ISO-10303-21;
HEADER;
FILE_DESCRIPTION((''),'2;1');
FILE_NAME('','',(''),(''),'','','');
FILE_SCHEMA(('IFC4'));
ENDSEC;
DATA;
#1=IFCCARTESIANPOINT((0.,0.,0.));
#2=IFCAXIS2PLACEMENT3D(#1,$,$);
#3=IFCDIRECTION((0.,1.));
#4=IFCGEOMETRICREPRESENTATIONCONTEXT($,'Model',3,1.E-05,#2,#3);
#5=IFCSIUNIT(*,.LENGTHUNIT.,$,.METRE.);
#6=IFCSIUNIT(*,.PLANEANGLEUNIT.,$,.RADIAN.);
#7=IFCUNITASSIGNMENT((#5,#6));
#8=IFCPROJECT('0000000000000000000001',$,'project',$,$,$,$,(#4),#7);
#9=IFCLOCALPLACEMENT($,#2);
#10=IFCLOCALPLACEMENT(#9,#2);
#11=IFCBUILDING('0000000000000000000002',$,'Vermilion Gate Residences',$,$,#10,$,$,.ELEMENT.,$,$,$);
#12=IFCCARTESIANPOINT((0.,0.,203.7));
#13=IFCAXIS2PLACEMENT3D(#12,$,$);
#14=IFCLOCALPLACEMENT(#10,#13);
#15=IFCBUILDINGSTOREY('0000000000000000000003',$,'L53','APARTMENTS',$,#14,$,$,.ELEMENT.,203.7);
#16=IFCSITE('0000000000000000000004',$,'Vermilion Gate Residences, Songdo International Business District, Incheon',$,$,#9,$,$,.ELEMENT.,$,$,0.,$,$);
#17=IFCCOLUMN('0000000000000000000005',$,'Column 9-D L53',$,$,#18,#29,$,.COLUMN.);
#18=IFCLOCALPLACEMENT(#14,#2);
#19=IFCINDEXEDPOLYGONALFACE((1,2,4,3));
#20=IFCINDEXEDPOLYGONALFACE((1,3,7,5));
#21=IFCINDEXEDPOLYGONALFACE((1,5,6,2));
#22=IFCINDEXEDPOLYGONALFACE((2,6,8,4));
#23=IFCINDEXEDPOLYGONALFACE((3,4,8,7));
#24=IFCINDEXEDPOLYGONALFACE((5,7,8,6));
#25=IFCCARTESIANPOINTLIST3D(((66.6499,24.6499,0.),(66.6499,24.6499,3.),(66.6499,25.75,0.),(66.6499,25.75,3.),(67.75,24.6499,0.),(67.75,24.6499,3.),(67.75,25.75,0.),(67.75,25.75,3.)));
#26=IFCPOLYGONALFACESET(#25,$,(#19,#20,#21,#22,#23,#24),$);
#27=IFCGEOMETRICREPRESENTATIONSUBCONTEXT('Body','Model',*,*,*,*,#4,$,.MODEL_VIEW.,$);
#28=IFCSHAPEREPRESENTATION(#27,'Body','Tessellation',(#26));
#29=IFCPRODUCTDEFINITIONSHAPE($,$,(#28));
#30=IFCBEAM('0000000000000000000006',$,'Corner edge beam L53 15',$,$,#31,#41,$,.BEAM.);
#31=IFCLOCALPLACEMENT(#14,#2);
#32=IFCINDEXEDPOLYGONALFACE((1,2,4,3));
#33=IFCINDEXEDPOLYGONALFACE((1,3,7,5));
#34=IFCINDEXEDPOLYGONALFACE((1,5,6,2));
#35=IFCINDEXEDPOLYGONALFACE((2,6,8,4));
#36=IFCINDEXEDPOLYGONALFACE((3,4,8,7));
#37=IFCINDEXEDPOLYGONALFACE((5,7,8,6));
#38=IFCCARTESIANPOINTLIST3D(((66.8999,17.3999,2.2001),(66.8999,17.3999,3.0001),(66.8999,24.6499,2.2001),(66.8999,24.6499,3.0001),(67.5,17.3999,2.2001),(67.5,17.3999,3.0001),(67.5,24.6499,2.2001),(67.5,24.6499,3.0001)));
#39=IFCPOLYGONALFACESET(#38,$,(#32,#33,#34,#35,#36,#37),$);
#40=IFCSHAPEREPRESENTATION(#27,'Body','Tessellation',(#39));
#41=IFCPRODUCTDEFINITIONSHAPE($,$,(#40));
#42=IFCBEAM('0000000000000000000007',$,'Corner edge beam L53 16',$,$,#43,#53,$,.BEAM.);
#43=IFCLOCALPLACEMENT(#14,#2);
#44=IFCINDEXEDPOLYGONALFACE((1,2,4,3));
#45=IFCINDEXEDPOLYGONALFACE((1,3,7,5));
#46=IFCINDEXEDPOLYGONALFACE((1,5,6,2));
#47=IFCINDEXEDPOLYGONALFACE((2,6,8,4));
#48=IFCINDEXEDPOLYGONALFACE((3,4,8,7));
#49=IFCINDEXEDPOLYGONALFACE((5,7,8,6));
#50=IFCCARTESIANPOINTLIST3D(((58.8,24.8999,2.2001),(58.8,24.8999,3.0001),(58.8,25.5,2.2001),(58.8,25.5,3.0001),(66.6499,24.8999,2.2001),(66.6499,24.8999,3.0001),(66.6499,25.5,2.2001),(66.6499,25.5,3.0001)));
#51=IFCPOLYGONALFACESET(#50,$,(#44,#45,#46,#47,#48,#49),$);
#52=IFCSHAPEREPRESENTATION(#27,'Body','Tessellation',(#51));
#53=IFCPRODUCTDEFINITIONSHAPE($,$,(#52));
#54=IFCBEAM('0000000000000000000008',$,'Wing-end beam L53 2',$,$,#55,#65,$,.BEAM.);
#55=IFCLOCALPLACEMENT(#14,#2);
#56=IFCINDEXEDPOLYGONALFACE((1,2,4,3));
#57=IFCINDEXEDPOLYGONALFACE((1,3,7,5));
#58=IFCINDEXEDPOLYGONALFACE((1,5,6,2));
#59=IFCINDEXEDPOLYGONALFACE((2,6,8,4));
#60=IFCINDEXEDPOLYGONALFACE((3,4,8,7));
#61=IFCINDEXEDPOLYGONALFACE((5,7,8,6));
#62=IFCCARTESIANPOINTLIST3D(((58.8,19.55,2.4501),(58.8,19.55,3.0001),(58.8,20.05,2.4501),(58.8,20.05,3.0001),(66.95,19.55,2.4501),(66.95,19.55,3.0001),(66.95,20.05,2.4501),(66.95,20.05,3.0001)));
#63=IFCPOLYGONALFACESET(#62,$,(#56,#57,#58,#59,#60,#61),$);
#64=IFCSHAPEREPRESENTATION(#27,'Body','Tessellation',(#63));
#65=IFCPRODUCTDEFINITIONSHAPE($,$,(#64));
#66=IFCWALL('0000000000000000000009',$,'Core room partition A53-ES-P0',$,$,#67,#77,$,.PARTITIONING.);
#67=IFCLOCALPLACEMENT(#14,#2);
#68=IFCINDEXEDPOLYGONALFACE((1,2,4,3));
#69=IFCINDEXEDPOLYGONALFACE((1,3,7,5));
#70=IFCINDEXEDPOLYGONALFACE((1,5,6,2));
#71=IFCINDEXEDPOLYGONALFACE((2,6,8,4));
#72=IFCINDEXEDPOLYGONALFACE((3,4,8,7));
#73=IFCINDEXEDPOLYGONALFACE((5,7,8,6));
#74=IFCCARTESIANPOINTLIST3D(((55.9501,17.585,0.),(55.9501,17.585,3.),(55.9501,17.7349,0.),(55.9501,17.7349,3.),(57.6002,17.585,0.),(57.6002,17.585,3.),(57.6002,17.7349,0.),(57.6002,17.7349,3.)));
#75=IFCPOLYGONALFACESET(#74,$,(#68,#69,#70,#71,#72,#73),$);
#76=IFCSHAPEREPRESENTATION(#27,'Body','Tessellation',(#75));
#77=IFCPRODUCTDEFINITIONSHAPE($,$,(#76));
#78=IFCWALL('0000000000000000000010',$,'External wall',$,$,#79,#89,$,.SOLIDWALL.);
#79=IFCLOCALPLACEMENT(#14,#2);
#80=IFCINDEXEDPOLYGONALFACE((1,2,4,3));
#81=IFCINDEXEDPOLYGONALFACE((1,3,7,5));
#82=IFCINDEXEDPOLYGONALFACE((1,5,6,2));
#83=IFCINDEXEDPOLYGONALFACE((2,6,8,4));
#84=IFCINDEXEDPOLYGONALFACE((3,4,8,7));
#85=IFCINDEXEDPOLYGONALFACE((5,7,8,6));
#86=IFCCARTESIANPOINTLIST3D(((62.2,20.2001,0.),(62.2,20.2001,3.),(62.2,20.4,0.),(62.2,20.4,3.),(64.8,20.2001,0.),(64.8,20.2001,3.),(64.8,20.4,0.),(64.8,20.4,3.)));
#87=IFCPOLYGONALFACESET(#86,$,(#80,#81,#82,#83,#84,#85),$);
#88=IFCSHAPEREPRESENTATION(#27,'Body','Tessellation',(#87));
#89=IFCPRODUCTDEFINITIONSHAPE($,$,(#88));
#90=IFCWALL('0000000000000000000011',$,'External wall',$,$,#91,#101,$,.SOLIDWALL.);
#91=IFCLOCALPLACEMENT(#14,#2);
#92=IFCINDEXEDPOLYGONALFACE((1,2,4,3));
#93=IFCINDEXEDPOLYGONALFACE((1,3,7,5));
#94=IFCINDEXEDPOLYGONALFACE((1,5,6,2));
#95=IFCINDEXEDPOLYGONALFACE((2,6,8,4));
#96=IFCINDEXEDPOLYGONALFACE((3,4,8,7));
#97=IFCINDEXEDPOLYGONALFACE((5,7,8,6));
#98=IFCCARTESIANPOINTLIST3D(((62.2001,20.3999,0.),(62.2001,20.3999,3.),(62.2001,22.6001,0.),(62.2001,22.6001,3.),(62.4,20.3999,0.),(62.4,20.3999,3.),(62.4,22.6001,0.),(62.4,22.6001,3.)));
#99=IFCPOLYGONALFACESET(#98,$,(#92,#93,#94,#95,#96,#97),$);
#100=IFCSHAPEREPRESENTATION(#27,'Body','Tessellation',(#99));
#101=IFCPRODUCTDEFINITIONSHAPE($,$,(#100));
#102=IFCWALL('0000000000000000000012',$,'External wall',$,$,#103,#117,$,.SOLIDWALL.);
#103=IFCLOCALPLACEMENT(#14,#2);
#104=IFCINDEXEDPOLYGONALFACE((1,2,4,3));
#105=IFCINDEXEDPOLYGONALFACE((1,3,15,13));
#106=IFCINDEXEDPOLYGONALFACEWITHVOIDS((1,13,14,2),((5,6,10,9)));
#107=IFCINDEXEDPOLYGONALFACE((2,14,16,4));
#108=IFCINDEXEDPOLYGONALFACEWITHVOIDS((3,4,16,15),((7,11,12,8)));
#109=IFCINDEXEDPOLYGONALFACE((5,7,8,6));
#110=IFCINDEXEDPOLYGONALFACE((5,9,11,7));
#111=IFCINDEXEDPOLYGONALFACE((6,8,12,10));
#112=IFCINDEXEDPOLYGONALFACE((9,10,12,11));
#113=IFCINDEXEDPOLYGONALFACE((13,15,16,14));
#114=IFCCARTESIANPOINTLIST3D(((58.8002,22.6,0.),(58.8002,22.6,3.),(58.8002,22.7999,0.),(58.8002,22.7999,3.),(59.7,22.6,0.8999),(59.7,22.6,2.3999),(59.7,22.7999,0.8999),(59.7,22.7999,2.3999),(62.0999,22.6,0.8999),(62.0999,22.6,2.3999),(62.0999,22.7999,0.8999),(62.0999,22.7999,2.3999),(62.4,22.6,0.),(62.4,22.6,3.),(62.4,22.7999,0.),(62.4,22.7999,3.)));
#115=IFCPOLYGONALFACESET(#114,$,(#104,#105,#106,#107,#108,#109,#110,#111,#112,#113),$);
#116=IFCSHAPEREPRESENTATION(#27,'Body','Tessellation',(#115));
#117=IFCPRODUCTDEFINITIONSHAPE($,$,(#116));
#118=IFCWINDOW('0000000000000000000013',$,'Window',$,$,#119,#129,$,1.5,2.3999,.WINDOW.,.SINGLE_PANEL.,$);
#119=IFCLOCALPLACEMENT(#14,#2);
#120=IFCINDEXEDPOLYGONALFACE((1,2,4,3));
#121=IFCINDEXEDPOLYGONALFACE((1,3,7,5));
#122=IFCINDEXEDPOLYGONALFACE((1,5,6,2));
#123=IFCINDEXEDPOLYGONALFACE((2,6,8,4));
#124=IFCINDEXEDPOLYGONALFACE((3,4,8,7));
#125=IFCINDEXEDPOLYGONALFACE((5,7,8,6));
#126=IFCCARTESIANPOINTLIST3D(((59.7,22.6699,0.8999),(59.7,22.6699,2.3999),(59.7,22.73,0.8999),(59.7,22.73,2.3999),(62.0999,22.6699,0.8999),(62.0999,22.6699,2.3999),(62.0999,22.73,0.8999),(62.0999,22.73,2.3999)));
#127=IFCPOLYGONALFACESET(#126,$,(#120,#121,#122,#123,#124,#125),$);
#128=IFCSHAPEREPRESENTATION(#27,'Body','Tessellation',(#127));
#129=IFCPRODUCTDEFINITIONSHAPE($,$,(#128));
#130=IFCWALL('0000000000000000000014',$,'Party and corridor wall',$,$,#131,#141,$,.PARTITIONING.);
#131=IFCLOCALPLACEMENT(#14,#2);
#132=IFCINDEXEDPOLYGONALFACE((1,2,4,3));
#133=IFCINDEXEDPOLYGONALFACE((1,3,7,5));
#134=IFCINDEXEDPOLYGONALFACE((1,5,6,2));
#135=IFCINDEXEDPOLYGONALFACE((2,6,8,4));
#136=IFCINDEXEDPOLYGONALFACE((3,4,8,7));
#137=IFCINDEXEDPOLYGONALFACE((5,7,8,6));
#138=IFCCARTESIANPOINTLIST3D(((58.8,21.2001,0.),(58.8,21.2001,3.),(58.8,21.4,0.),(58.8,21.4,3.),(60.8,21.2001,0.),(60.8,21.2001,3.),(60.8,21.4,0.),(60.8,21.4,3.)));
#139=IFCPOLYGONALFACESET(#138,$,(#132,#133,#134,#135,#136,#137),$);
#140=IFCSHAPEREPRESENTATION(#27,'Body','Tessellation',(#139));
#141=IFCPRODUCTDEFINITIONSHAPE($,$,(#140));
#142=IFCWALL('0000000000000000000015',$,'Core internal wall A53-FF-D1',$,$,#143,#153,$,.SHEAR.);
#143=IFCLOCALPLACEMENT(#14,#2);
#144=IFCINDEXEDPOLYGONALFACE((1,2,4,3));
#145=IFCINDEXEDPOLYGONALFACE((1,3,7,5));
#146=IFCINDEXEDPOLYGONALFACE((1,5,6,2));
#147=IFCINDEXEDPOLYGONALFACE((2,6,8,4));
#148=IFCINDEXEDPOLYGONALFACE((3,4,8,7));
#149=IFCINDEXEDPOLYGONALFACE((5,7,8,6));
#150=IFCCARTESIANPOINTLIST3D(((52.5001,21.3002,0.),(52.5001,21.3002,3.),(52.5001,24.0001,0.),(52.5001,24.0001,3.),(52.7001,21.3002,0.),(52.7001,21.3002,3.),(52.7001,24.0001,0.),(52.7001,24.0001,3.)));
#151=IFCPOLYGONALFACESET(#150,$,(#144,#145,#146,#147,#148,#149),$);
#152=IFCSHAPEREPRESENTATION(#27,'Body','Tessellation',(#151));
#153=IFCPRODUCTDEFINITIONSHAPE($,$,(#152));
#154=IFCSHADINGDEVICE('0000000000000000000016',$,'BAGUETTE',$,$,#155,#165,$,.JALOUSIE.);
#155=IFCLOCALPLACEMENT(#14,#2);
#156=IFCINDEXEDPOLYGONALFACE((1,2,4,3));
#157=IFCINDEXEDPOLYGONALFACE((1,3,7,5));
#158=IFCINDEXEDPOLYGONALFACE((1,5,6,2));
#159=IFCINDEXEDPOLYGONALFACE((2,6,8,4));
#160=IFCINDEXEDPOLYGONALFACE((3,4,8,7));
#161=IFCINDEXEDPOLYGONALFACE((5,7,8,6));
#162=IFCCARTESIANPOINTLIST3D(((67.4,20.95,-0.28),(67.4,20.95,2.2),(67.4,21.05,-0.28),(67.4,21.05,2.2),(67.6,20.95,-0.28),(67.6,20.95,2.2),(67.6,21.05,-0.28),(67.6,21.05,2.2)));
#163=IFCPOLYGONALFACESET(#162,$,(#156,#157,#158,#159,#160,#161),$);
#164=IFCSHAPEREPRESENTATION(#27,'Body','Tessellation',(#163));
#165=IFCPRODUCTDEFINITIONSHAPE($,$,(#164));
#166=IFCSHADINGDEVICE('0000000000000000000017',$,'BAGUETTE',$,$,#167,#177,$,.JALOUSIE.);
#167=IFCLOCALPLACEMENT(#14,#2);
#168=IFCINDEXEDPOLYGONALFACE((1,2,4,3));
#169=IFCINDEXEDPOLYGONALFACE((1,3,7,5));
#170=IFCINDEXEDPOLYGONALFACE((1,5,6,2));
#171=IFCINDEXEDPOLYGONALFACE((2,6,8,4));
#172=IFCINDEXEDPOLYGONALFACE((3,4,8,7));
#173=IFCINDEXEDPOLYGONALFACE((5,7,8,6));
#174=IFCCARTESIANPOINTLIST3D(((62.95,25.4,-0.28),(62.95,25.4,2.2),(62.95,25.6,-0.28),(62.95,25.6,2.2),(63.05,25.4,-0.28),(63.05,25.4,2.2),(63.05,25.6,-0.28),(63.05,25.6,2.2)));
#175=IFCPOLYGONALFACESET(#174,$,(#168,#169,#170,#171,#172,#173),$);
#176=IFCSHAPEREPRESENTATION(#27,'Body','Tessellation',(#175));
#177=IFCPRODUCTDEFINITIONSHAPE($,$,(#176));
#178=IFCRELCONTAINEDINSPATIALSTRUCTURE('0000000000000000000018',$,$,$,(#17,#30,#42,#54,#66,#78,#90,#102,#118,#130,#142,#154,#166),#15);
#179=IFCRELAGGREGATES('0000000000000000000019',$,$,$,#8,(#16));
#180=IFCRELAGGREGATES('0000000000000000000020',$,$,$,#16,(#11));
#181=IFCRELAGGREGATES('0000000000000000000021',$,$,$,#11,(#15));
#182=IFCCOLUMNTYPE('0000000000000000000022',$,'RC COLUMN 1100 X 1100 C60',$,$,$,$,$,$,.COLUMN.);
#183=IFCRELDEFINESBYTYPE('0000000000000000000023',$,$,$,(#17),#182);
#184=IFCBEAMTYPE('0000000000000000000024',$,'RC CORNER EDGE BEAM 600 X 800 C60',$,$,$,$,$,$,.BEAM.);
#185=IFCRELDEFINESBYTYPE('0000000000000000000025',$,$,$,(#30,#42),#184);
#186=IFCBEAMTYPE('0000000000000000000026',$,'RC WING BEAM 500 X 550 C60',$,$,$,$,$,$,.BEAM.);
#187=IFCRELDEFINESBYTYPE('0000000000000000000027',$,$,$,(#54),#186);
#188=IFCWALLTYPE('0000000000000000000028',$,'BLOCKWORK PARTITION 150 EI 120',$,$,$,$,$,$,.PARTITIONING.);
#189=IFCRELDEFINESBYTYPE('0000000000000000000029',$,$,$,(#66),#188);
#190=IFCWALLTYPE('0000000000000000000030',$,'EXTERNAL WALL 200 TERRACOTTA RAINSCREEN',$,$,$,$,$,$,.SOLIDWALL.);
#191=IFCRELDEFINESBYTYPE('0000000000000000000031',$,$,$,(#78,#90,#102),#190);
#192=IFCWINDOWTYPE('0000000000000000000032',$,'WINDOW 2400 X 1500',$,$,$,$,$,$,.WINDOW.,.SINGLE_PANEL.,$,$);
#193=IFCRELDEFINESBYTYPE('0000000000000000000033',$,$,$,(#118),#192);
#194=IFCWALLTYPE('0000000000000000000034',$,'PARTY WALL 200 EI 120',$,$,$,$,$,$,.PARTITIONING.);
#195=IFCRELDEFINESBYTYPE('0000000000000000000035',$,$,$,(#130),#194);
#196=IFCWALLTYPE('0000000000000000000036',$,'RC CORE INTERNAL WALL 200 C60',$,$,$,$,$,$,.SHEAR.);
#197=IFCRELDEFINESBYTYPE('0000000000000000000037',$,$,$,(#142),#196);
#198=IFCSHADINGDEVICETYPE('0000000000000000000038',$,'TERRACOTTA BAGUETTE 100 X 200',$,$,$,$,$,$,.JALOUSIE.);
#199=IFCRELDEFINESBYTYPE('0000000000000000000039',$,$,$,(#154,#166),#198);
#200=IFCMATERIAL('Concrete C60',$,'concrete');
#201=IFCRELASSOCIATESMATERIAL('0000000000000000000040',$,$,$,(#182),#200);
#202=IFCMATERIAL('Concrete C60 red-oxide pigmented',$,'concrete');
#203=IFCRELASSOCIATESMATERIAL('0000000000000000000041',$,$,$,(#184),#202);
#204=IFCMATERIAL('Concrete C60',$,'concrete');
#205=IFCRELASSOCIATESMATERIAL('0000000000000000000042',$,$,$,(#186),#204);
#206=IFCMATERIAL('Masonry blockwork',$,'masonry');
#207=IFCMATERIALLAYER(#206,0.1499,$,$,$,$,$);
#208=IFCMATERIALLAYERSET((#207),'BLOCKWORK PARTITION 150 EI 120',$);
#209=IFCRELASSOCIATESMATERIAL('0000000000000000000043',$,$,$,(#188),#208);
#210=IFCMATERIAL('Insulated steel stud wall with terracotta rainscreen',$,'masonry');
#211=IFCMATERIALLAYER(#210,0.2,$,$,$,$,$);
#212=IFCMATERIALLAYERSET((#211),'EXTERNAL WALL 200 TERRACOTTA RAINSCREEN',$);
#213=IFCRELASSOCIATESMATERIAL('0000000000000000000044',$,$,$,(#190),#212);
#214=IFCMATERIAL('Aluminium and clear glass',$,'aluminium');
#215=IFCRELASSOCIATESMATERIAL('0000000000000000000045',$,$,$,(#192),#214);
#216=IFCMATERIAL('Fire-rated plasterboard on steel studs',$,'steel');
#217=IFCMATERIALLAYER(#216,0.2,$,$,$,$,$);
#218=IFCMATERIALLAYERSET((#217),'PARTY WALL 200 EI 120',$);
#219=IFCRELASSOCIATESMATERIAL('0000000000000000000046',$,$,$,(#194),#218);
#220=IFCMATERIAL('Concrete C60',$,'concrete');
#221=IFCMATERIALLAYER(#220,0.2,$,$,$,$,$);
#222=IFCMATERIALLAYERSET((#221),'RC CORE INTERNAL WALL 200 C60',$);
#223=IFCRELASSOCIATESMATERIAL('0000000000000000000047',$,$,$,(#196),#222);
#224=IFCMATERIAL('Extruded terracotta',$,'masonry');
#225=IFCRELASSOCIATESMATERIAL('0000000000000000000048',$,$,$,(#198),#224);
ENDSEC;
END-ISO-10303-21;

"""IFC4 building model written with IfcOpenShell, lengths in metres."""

from ifc_helpers import new_model, si_unit, direction, frame, frame_2d, origin, origin_2d, place, context, subcontext, project, spatial, rectangle, extrude, material, layer, layer_set, material_profile, profile_set, type_object, element, fill, save


model = new_model("IFC4")

# Units and contexts
model_context = context("Model", 3, precision=1e-05, world=origin(), true_north=direction((0.0, 1.0)))
body_context = subcontext(model_context, "Body", "Model", "MODEL_VIEW")
ifc_project = project(units=[si_unit("LENGTHUNIT", "METRE"), si_unit("PLANEANGLEUNIT", "RADIAN")], contexts=[model_context])

# Site, building, storey
site_placement = place(None, origin())
site = spatial("IfcSite", under=ifc_project, at=site_placement, Name="Vermilion Gate Residences, Songdo International Business District, Incheon", CompositionType="ELEMENT", RefElevation=0.0)
building_placement = place(site_placement, origin())
building = spatial("IfcBuilding", under=site, at=building_placement, Name="Vermilion Gate Residences", CompositionType="ELEMENT")
storey_placement = place(building_placement, frame((0.0, 0.0, 203.7)))
storey = spatial("IfcBuildingStorey", under=building, at=storey_placement, Name="L53", Description="APARTMENTS", CompositionType="ELEMENT", Elevation=203.7)

# Column
ifc_material_1 = material(Name="Concrete C60", Category="concrete")
ifc_material_profile_1 = material_profile(ifc_material_1, rectangle(XDim=1.1001, YDim=1.1001, at=origin_2d()), Name="RC-1100x1100")
ifc_profile_set_1 = profile_set([ifc_material_profile_1], Name="Concrete C60")
column_type = type_object("IfcColumnType", Name="RC COLUMN 1100 X 1100 C60", PredefinedType="COLUMN", material=ifc_profile_set_1)
column_placement = place(storey_placement, frame((67.2, 25.2, 0.0), z_axis=(0.0, 0.0, 1.0), x_axis=(1.0, 0.0, 0.0)))
element("IfcColumn", 1, at=column_placement, inside=storey, type_object=column_type, Name="Column 9-D L53", PredefinedType="COLUMN", context=body_context, shape_type="SweptSolid", body=[
    extrude(rectangle(XDim=1.1001, YDim=1.1001, at=origin_2d()), origin(), (0.0, 0.0, 1.0), 3.0),
])

# Beams
ifc_material_2 = material(Name="Concrete C60 red-oxide pigmented", Category="concrete")
ifc_material_profile_2 = material_profile(ifc_material_2, rectangle(XDim=0.6001, YDim=0.8, at=origin_2d()), Name="RC-600x800")
ifc_profile_set_2 = profile_set([ifc_material_profile_2], Name="Concrete C60 red-oxide pigmented")
beam_type_1 = type_object("IfcBeamType", Name="RC CORNER EDGE BEAM 600 X 800 C60", PredefinedType="BEAM", material=ifc_profile_set_2)
beam_1_placement = place(storey_placement, frame((67.2, 17.3999, 2.6001), z_axis=(0.0, 1.0, 0.0), x_axis=(-1.0, 0.0, 0.0)))
element("IfcBeam", 2, at=beam_1_placement, inside=storey, type_object=beam_type_1, Name="Corner edge beam L53 15", PredefinedType="BEAM", context=body_context, shape_type="SweptSolid", body=[
    extrude(rectangle(XDim=0.6001, YDim=0.8, at=origin_2d()), origin(), (0.0, 0.0, 1.0), 7.25),
])
beam_2_placement = place(storey_placement, frame((58.8, 25.2, 2.6001), z_axis=(1.0, 0.0, 0.0), x_axis=(0.0, 1.0, 0.0)))
element("IfcBeam", 3, at=beam_2_placement, inside=storey, type_object=beam_type_1, Name="Corner edge beam L53 16", PredefinedType="BEAM", context=body_context, shape_type="SweptSolid", body=[
    extrude(rectangle(XDim=0.6001, YDim=0.8, at=origin_2d()), origin(), (0.0, 0.0, 1.0), 7.8499),
])
ifc_material_3 = material(Name="Concrete C60", Category="concrete")
ifc_material_profile_3 = material_profile(ifc_material_3, rectangle(XDim=0.5, YDim=0.55, at=origin_2d()), Name="RC-500x550")
ifc_profile_set_3 = profile_set([ifc_material_profile_3], Name="Concrete C60")
beam_type_2 = type_object("IfcBeamType", Name="RC WING BEAM 500 X 550 C60", PredefinedType="BEAM", material=ifc_profile_set_3)
beam_3_placement = place(storey_placement, frame((58.8, 19.8, 2.7251), z_axis=(1.0, 0.0, 0.0), x_axis=(0.0, 1.0, 0.0)))
element("IfcBeam", 4, at=beam_3_placement, inside=storey, type_object=beam_type_2, Name="Wing-end beam L53 2", PredefinedType="BEAM", context=body_context, shape_type="SweptSolid", body=[
    extrude(rectangle(XDim=0.5, YDim=0.55, at=origin_2d()), origin(), (0.0, 0.0, 1.0), 8.1499),
])

# Walls
ifc_material_4 = material(Name="Masonry blockwork", Category="masonry")
ifc_layer_1 = layer(ifc_material_4, 0.1499)
ifc_layer_set_1 = layer_set([ifc_layer_1], Name="BLOCKWORK PARTITION 150 EI 120")
wall_type_1 = type_object("IfcWallType", Name="BLOCKWORK PARTITION 150 EI 120", PredefinedType="PARTITIONING", material=ifc_layer_set_1)
wall_1_placement = place(storey_placement, frame((55.95, 17.6599, 0.0), z_axis=(0.0, 0.0, 1.0), x_axis=(1.0, 0.0, 0.0)))
element("IfcWall", 5, at=wall_1_placement, inside=storey, type_object=wall_type_1, Name="Core room partition A53-ES-P0", PredefinedType="PARTITIONING", context=body_context, shape_type="SweptSolid", body=[
    extrude(rectangle(XDim=1.6501, YDim=0.1499, at=frame_2d((0.8252, 0.0))), origin(), (0.0, 0.0, 1.0), 3.0),
])
ifc_material_5 = material(Name="Insulated steel stud wall with terracotta rainscreen", Category="masonry")
ifc_layer_2 = layer(ifc_material_5, 0.2)
ifc_layer_set_2 = layer_set([ifc_layer_2], Name="EXTERNAL WALL 200 TERRACOTTA RAINSCREEN")
wall_type_2 = type_object("IfcWallType", Name="EXTERNAL WALL 200 TERRACOTTA RAINSCREEN", PredefinedType="SOLIDWALL", material=ifc_layer_set_2)
wall_2_placement = place(storey_placement, frame((64.8, 20.3, 0.0), z_axis=(0.0, 0.0, 1.0), x_axis=(-1.0, 0.0, 0.0)))
element("IfcWall", 6, at=wall_2_placement, inside=storey, type_object=wall_type_2, Name="External wall", PredefinedType="SOLIDWALL", context=body_context, shape_type="SweptSolid", body=[
    extrude(rectangle(XDim=2.6001, YDim=0.2, at=frame_2d((1.3, 0.0))), origin(), (0.0, 0.0, 1.0), 3.0),
])
wall_3_placement = place(storey_placement, frame((62.3, 20.3999, 0.0), z_axis=(0.0, 0.0, 1.0), x_axis=(0.0, 1.0, 0.0)))
element("IfcWall", 7, at=wall_3_placement, inside=storey, type_object=wall_type_2, Name="External wall", PredefinedType="SOLIDWALL", context=body_context, shape_type="SweptSolid", body=[
    extrude(rectangle(XDim=2.2002, YDim=0.2, at=frame_2d((1.1001, 0.0))), origin(), (0.0, 0.0, 1.0), 3.0),
])

# Wall, opening, window
wall_4_placement = place(storey_placement, frame((62.3999, 22.7, 0.0), z_axis=(0.0, 0.0, 1.0), x_axis=(-1.0, 0.0, 0.0)))
wall_4 = element("IfcWall", 8, at=wall_4_placement, inside=storey, type_object=wall_type_2, Name="External wall", PredefinedType="SOLIDWALL", context=body_context, shape_type="SweptSolid", body=[
    extrude(rectangle(XDim=3.5999, YDim=0.2, at=frame_2d((1.7998, 0.0))), origin(), (0.0, 0.0, 1.0), 3.0),
])
opening_placement = place(wall_4_placement, frame((0.3, 0.0, 0.8999)))
opening = element("IfcOpeningElement", 9, at=opening_placement, cuts=wall_4, PredefinedType="OPENING", context=body_context, shape_type="SweptSolid", body=[
    extrude(rectangle(XDim=2.3999, YDim=1.5, at=frame_2d((1.2, 0.75))), frame((0.0, 0.1099, 0.0), z_axis=(0.0, -1.0, 0.0), x_axis=(1.0, 0.0, 0.0)), (0.0, 0.0, 1.0), 0.22),
])
ifc_material_6 = material(Name="Aluminium and clear glass", Category="aluminium")
window_type = type_object("IfcWindowType", Name="WINDOW 2400 X 1500", PartitioningType="SINGLE_PANEL", PredefinedType="WINDOW", material=ifc_material_6)
window_placement = place(opening_placement, origin())
window = element("IfcWindow", 10, at=window_placement, inside=storey, type_object=window_type, Name="Window", OverallHeight=1.5, OverallWidth=2.3999, PartitioningType="SINGLE_PANEL", PredefinedType="WINDOW", context=body_context, shape_type="SweptSolid", body=[
    extrude(rectangle(XDim=2.3999, YDim=1.5, at=frame_2d((1.2, 0.75))), frame((0.0, 0.03, 0.0), z_axis=(0.0, -1.0, 0.0), x_axis=(1.0, 0.0, 0.0)), (0.0, 0.0, 1.0), 0.0601),
])
fill(opening, window)

# Walls
ifc_material_7 = material(Name="Fire-rated plasterboard on steel studs", Category="steel")
ifc_layer_3 = layer(ifc_material_7, 0.2)
ifc_layer_set_3 = layer_set([ifc_layer_3], Name="PARTY WALL 200 EI 120")
wall_type_3 = type_object("IfcWallType", Name="PARTY WALL 200 EI 120", PredefinedType="PARTITIONING", material=ifc_layer_set_3)
wall_5_placement = place(storey_placement, frame((58.8, 21.3, 0.0), z_axis=(0.0, 0.0, 1.0), x_axis=(1.0, 0.0, 0.0)))
element("IfcWall", 11, at=wall_5_placement, inside=storey, type_object=wall_type_3, Name="Party and corridor wall", PredefinedType="PARTITIONING", context=body_context, shape_type="SweptSolid", body=[
    extrude(rectangle(XDim=2.0, YDim=0.2, at=frame_2d((1.0, 0.0))), origin(), (0.0, 0.0, 1.0), 3.0),
])
ifc_material_8 = material(Name="Concrete C60", Category="concrete")
ifc_layer_4 = layer(ifc_material_8, 0.2)
ifc_layer_set_4 = layer_set([ifc_layer_4], Name="RC CORE INTERNAL WALL 200 C60")
wall_type_4 = type_object("IfcWallType", Name="RC CORE INTERNAL WALL 200 C60", PredefinedType="SHEAR", material=ifc_layer_set_4)
wall_6_placement = place(storey_placement, frame((52.6001, 21.3, 0.0), z_axis=(0.0, 0.0, 1.0), x_axis=(0.0, 1.0, 0.0)))
element("IfcWall", 12, at=wall_6_placement, inside=storey, type_object=wall_type_4, Name="Core internal wall A53-FF-D1", PredefinedType="SHEAR", context=body_context, shape_type="SweptSolid", body=[
    extrude(rectangle(XDim=2.7, YDim=0.2, at=frame_2d((1.3501, 0.0))), origin(), (0.0, 0.0, 1.0), 3.0),
])

# Shading devices
ifc_material_9 = material(Name="Extruded terracotta", Category="masonry")
ifc_material_profile_4 = material_profile(ifc_material_9, rectangle(XDim=0.2, YDim=0.1001, at=origin_2d()), Name="BAGUETTE 100 X 200")
ifc_profile_set_4 = profile_set([ifc_material_profile_4], Name="Extruded terracotta")
shading_device_type_1 = type_object("IfcShadingDeviceType", Name="TERRACOTTA BAGUETTE 100 X 200", PredefinedType="JALOUSIE", material=ifc_profile_set_4)
for number, where, z_axis, x_axis, name in (
    (13, (67.5, 21.0, -0.28), (0.0, 0.0, 1.0), (-1.0, 0.0, 0.0), "BAGUETTE"),
    (14, (63.0, 25.5, -0.28), (0.0, 0.0, 1.0), (0.0, -1.0, 0.0), "BAGUETTE"),
):
    element("IfcShadingDevice", number, at=place(storey_placement, frame(where, z_axis=z_axis, x_axis=x_axis)), inside=storey, type_object=shading_device_type_1, Name=name, PredefinedType="JALOUSIE", context=body_context, shape_type="SweptSolid", body=[
        extrude(rectangle(XDim=0.2, YDim=0.1001, at=origin_2d()), origin(), (0.0, 0.0, 1.0), 2.48),
    ])

save(model, "model.ifc")
